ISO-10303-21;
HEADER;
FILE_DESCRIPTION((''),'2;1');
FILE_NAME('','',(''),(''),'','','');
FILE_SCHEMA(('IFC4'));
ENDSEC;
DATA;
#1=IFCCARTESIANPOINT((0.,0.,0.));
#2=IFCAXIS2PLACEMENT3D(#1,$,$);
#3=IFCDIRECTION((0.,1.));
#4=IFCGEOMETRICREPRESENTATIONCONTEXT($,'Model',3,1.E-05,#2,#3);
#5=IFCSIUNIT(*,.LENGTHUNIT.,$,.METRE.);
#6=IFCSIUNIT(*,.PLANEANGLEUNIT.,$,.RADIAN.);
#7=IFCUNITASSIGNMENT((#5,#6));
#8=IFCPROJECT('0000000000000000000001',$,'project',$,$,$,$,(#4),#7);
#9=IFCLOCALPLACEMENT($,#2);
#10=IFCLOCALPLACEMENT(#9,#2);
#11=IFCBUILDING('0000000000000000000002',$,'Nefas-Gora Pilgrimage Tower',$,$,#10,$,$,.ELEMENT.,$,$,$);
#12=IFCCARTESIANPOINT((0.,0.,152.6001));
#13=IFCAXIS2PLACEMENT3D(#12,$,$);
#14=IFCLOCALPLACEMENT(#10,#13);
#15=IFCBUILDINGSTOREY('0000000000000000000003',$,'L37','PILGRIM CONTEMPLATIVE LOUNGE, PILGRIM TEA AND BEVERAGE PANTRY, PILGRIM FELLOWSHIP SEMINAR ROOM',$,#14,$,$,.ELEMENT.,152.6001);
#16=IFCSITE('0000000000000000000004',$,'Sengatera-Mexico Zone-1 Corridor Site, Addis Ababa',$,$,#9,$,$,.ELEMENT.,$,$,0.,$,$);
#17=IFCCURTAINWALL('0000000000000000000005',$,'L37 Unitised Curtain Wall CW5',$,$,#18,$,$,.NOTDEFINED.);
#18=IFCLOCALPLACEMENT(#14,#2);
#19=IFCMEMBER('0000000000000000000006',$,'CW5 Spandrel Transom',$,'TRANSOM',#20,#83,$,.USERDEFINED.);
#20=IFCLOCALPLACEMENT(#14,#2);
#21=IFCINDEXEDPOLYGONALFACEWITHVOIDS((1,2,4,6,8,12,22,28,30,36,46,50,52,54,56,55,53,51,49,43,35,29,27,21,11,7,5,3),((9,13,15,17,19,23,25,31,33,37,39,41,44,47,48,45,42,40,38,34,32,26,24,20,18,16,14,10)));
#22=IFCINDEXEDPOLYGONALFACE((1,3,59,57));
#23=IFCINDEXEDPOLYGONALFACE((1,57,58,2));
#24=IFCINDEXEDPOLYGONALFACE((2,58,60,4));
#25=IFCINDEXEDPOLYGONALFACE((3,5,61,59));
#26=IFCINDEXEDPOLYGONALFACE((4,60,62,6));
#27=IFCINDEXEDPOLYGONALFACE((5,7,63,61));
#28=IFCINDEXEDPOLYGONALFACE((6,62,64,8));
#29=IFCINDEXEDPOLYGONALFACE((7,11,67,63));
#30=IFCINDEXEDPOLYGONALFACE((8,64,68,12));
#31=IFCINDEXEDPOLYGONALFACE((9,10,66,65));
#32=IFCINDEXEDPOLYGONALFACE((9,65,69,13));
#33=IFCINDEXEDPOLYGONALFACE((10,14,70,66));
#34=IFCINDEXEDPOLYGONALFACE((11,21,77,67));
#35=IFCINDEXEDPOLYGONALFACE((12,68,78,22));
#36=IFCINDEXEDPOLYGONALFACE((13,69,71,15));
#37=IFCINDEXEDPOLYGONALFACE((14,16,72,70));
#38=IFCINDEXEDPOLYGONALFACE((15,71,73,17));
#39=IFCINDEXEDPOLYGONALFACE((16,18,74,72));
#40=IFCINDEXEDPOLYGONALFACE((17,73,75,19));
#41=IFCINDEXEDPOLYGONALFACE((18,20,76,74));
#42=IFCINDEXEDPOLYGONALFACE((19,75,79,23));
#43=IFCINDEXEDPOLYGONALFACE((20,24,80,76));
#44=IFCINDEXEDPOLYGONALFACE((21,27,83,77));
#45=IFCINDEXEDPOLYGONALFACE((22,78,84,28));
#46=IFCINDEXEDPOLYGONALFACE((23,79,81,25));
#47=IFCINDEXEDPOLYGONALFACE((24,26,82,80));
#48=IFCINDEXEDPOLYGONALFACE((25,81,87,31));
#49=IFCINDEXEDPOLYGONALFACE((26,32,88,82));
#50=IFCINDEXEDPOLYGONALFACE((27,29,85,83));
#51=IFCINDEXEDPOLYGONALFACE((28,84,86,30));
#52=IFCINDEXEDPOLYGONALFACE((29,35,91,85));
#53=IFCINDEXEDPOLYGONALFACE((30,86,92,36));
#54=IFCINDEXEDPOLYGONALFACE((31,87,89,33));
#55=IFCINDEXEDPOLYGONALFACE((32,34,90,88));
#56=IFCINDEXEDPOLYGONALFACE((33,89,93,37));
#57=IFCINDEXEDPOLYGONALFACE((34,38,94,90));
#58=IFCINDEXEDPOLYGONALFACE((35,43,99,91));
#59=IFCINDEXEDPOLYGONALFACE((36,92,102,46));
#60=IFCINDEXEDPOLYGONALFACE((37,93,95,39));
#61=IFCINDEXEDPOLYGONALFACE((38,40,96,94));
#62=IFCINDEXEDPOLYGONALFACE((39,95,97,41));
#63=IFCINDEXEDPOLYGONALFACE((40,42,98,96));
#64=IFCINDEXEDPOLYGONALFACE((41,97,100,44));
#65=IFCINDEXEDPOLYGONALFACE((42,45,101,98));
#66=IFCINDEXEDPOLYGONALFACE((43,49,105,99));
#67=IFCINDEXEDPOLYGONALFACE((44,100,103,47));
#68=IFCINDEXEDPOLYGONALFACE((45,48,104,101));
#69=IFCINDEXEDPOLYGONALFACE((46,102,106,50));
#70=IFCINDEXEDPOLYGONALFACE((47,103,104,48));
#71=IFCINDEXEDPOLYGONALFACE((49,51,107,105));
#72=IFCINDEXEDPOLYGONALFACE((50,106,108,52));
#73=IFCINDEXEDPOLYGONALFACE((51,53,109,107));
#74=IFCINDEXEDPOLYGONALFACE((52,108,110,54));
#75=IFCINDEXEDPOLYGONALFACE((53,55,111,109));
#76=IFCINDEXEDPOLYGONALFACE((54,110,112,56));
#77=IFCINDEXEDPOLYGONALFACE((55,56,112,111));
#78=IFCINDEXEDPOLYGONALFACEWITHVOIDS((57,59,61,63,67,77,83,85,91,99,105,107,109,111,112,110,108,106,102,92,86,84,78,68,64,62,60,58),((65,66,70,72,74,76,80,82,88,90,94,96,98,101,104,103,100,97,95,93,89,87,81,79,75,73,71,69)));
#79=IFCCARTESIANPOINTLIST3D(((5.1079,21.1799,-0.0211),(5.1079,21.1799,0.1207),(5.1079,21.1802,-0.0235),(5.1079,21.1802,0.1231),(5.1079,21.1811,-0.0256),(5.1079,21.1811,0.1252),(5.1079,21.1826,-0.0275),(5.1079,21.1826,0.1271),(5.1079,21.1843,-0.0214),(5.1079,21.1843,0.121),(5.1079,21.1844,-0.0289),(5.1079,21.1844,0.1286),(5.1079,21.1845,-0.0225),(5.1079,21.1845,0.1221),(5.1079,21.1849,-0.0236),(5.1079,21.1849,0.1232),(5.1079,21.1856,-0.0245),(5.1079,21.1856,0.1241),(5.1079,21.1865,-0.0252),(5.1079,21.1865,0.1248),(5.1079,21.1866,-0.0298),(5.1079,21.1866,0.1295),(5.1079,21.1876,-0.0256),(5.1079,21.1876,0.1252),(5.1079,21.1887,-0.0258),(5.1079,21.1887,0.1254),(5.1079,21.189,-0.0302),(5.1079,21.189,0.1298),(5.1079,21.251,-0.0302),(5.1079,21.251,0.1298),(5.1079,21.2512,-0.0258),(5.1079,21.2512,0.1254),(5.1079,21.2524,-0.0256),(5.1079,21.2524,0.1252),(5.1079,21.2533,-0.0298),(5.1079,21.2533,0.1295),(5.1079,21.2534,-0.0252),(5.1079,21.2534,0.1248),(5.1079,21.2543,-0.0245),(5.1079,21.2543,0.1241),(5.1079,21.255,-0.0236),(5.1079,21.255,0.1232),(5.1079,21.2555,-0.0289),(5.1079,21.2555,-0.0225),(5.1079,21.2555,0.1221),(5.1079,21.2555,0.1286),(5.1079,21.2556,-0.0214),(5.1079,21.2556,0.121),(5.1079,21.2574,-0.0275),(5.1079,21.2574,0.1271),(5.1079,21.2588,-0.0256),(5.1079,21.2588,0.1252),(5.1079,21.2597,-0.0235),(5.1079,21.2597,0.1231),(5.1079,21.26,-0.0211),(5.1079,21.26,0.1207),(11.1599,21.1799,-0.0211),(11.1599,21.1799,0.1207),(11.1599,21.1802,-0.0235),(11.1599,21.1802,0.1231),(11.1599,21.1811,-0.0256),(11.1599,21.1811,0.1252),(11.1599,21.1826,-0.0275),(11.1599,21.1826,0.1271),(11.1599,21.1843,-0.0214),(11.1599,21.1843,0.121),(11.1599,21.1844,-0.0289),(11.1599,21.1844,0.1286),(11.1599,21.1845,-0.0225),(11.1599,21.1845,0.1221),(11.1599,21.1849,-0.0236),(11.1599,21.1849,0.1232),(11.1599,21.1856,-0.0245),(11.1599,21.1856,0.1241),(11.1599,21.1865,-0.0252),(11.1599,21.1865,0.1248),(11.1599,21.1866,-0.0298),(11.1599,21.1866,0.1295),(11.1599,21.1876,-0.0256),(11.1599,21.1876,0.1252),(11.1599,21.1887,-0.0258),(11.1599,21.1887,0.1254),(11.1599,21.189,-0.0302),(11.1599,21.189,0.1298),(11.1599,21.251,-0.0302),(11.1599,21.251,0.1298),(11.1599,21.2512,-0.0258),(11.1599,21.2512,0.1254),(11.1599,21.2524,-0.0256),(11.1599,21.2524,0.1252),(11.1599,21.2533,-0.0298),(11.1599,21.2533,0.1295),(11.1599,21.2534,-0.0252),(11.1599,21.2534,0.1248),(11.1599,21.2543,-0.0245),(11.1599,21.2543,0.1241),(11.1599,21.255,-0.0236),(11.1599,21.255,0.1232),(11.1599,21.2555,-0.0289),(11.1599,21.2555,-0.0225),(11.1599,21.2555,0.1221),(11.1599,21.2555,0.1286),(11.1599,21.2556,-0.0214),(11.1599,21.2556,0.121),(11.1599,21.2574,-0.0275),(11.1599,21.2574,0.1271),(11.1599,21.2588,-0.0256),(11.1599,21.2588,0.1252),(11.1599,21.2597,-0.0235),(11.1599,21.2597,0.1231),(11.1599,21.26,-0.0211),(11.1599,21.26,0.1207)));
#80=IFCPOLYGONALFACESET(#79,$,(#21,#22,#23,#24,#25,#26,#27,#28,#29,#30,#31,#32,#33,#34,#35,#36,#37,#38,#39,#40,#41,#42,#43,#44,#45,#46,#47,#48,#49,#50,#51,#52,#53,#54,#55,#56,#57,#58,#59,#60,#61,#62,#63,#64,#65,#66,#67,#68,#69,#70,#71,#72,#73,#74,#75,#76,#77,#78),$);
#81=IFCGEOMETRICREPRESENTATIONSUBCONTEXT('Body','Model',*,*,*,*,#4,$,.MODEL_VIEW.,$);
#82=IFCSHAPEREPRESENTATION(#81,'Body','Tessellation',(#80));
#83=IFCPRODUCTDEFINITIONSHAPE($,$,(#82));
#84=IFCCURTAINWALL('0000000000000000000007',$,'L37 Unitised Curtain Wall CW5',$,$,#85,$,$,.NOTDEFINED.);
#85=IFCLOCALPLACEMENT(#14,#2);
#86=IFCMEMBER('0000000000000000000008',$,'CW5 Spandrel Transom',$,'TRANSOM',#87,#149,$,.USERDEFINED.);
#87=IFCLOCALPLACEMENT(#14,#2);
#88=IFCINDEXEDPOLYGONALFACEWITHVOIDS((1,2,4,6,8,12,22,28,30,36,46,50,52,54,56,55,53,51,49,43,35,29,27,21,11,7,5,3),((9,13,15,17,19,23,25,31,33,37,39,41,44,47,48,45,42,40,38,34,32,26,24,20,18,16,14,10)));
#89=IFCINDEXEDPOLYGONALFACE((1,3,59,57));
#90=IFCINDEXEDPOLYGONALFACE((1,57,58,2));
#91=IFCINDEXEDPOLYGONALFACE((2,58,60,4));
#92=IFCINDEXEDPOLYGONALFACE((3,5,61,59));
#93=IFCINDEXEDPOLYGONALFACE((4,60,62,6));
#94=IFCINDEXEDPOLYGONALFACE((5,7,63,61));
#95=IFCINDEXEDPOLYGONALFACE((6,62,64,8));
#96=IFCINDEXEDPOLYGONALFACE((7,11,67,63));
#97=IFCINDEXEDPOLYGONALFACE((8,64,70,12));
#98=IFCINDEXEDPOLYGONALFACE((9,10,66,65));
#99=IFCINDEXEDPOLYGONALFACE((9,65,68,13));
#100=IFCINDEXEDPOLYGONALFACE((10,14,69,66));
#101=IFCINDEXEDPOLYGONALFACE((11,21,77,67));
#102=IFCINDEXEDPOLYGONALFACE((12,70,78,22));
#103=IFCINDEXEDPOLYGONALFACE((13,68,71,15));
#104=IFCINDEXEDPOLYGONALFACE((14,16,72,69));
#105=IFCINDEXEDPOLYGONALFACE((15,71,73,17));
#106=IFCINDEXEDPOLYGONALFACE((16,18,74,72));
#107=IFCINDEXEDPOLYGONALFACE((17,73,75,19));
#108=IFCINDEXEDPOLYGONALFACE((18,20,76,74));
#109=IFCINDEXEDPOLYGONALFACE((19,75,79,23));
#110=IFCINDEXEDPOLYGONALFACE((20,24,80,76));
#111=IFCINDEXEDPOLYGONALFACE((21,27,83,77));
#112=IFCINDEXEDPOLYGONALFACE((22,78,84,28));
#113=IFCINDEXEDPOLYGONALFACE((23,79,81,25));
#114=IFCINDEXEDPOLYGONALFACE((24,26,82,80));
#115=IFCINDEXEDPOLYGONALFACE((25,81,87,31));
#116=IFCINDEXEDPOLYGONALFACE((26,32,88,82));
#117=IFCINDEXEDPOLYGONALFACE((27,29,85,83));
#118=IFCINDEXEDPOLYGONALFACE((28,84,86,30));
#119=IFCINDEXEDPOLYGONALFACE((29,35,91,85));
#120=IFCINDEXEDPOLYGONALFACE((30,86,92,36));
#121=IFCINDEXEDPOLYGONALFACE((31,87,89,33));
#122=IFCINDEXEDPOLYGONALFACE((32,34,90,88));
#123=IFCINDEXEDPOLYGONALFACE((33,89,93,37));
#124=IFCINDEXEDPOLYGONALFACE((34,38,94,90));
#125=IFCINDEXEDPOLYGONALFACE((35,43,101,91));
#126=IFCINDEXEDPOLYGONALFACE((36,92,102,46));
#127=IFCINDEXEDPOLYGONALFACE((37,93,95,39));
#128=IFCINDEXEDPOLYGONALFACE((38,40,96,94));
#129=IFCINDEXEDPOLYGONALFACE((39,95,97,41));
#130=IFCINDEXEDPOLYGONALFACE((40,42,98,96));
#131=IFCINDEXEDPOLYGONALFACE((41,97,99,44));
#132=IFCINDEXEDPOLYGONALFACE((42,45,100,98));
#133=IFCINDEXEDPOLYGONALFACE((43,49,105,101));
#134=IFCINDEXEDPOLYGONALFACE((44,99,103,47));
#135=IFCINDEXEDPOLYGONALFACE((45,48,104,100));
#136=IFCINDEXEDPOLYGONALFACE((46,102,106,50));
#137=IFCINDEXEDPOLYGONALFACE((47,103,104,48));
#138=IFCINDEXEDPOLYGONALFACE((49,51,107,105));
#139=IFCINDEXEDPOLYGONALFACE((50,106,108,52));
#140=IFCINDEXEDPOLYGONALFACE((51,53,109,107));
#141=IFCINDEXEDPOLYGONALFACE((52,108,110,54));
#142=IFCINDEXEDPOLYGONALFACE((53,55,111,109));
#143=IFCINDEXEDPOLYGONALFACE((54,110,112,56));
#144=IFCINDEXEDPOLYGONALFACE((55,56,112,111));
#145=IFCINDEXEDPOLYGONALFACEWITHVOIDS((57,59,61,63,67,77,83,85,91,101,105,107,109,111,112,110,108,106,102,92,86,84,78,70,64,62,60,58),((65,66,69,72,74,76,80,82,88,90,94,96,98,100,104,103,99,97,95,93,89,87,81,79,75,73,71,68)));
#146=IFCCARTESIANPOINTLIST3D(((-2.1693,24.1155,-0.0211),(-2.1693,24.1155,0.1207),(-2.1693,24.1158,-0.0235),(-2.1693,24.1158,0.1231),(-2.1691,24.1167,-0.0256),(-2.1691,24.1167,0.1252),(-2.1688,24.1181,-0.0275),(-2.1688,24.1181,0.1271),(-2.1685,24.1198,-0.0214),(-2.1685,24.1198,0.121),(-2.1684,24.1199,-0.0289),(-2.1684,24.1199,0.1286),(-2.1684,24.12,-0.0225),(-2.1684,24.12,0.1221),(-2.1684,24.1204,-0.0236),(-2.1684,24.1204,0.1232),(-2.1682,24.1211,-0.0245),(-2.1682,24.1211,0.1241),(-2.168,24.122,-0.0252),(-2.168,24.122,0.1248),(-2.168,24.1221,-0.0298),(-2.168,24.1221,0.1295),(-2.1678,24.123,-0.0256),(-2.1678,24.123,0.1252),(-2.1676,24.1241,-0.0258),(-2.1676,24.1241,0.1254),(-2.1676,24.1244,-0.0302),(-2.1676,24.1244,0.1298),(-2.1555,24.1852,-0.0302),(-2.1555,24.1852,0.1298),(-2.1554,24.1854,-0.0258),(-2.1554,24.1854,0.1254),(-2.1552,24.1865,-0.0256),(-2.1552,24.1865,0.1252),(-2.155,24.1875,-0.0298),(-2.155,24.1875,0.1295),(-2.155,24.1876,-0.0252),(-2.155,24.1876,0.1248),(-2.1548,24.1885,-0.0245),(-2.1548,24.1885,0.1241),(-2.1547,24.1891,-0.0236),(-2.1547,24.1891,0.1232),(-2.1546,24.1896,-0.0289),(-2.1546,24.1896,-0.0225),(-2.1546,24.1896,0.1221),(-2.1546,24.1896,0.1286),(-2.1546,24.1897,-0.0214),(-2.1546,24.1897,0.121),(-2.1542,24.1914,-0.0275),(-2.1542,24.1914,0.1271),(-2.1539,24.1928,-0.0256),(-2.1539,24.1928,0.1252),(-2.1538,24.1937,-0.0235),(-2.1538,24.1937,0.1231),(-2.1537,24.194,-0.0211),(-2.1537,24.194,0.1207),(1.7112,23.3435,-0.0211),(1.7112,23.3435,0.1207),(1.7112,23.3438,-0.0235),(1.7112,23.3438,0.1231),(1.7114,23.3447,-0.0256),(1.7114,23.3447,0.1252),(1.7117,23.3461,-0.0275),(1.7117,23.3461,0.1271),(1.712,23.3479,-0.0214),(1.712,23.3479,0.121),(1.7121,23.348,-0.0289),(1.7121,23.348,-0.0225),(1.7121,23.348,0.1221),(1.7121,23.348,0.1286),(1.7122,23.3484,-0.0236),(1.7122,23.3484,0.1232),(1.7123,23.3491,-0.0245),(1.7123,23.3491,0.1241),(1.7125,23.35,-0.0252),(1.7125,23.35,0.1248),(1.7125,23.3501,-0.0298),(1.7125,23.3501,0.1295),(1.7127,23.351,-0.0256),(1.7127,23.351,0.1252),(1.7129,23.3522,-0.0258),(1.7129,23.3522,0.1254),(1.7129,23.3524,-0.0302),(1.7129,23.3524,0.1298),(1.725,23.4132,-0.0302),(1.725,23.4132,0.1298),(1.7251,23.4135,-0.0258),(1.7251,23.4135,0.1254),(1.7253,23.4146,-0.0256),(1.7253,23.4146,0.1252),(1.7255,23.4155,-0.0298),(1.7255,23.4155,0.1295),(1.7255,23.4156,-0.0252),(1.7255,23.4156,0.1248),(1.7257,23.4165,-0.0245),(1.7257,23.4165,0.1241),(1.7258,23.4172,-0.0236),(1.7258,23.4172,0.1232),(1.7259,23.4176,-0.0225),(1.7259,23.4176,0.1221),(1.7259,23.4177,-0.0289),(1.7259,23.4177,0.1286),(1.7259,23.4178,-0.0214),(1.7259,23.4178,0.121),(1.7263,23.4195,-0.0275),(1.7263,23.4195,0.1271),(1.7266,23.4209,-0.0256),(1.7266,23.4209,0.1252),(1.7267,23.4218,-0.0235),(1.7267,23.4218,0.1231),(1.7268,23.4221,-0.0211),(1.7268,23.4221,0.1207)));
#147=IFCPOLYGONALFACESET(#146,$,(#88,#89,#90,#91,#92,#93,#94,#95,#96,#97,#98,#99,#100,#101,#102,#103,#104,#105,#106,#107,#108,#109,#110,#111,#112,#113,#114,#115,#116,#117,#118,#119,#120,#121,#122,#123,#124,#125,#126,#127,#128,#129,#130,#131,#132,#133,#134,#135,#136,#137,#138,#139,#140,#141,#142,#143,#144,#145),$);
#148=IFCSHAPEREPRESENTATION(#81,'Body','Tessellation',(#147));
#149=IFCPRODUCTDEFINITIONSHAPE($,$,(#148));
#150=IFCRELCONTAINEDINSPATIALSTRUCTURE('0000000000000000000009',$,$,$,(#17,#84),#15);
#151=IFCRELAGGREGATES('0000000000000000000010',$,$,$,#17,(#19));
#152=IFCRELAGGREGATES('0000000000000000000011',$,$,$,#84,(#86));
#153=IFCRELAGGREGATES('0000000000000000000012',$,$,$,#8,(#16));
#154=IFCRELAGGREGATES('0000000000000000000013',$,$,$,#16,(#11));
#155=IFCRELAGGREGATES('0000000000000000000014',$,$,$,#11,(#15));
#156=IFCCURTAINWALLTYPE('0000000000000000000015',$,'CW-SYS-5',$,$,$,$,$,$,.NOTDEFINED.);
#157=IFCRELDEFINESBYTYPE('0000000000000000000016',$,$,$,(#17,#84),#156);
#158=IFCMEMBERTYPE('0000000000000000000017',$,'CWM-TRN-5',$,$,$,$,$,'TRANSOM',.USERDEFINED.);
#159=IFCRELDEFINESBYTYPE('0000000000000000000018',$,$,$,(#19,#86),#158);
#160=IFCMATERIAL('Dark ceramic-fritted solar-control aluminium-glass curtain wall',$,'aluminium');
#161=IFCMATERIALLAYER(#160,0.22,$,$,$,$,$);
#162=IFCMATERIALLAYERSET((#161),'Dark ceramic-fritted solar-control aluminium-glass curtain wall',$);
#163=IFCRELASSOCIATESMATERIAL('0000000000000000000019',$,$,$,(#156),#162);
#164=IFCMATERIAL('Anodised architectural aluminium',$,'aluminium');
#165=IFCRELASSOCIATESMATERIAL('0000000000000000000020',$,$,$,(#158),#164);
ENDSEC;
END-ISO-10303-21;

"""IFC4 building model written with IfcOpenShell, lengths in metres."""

from ifc_helpers import new_model, si_unit, direction, frame, origin, origin_2d, place, context, subcontext, project, spatial, hollow_rectangle, extrude, source, transform, mapped, material, layer, layer_set, material_profile, profile_set, type_object, element, aggregate, save


model = new_model("IFC4")

# Units and contexts
model_context = context("Model", 3, precision=1e-05, world=origin(), true_north=direction((0.0, 1.0)))
body_context = subcontext(model_context, "Body", "Model", "MODEL_VIEW")
ifc_project = project(units=[si_unit("LENGTHUNIT", "METRE"), si_unit("PLANEANGLEUNIT", "RADIAN")], contexts=[model_context])

# Site, building, storey
site_placement = place(None, origin())
site = spatial("IfcSite", under=ifc_project, at=site_placement, Name="Sengatera-Mexico Zone-1 Corridor Site, Addis Ababa", CompositionType="ELEMENT", RefElevation=0.0)
building_placement = place(site_placement, origin())
building = spatial("IfcBuilding", under=site, at=building_placement, Name="Nefas-Gora Pilgrimage Tower", CompositionType="ELEMENT")
storey_placement = place(building_placement, frame((0.0, 0.0, 152.6001)))
storey = spatial("IfcBuildingStorey", under=building, at=storey_placement, Name="L37", Description="PILGRIM CONTEMPLATIVE LOUNGE, PILGRIM TEA AND BEVERAGE PANTRY, PILGRIM FELLOWSHIP SEMINAR ROOM", CompositionType="ELEMENT", Elevation=152.6001)

# Curtain walls, members
ifc_material_1 = material(Name="Dark ceramic-fritted solar-control aluminium-glass curtain wall", Category="aluminium")
ifc_layer_1 = layer(ifc_material_1, 0.22)
ifc_layer_set_1 = layer_set([ifc_layer_1], Name="Dark ceramic-fritted solar-control aluminium-glass curtain wall")
curtain_wall_type = type_object("IfcCurtainWallType", Name="CW-SYS-5", PredefinedType="NOTDEFINED", material=ifc_layer_set_1)
curtain_wall_1_placement = place(storey_placement, origin())
curtain_wall_1 = element("IfcCurtainWall", 1, at=curtain_wall_1_placement, inside=storey, type_object=curtain_wall_type, Name="L37 Unitised Curtain Wall CW5", PredefinedType="NOTDEFINED")
ifc_material_2 = material(Name="Anodised architectural aluminium", Category="aluminium")
ifc_material_profile_1 = material_profile(ifc_material_2, hollow_rectangle(XDim=0.0801, YDim=0.1599, WallThickness=0.0044, InnerFilletRadius=0.0044, OuterFilletRadius=0.009, at=origin_2d()), Name="ALU TRANSOM 80x160")
ifc_profile_set_1 = profile_set([ifc_material_profile_1], Name="Anodised architectural aluminium")
member_type_1 = type_object("IfcMemberType", Name="CWM-TRN-5", ElementType="TRANSOM", PredefinedType="USERDEFINED", material=ifc_profile_set_1)
shared_shape_1 = source(origin(), body_context, "Body", "SweptSolid", [
    extrude(hollow_rectangle(XDim=0.0801, YDim=0.1599, WallThickness=0.0044, InnerFilletRadius=0.0044, OuterFilletRadius=0.009, at=origin_2d()), origin(), (0.0, 0.0, 1.0), 6.052),
])
member_1_placement = place(storey_placement, frame((11.1599, 21.22, 0.0498), z_axis=(-1.0, 0.0, 0.0), x_axis=(0.0, -1.0, 0.0)))
member_1 = element("IfcMember", 2, at=member_1_placement, type_object=member_type_1, Name="CW5 Spandrel Transom", ObjectType="TRANSOM", PredefinedType="USERDEFINED", context=body_context, shape_type="MappedRepresentation", body=[
    mapped(shared_shape_1, transform((0.0, 0.0, 0.0), x_axis=(1.0, 0.0, 0.0), y_axis=(0.0, 1.0, 0.0), z_axis=(0.0, 0.0, 1.0), scale=1.0)),
])
curtain_wall_2_placement = place(storey_placement, origin())
curtain_wall_2 = element("IfcCurtainWall", 3, at=curtain_wall_2_placement, inside=storey, type_object=curtain_wall_type, Name="L37 Unitised Curtain Wall CW5", PredefinedType="NOTDEFINED")
shared_shape_2 = source(origin(), body_context, "Body", "SweptSolid", [
    extrude(hollow_rectangle(XDim=0.0801, YDim=0.1599, WallThickness=0.0044, InnerFilletRadius=0.0044, OuterFilletRadius=0.009, at=origin_2d()), origin(), (0.0, 0.0, 1.0), 3.9565),
])
member_2_placement = place(storey_placement, frame((1.719, 23.3828, 0.0498), z_axis=(-0.980782, 0.195107, 0.0), x_axis=(-0.195107, -0.980782, 0.0)))
member_2 = element("IfcMember", 4, at=member_2_placement, type_object=member_type_1, Name="CW5 Spandrel Transom", ObjectType="TRANSOM", PredefinedType="USERDEFINED", context=body_context, shape_type="MappedRepresentation", body=[
    mapped(shared_shape_2, transform((0.0, 0.0, 0.0), x_axis=(1.0, 0.0, 0.0), y_axis=(0.0, 1.0, 0.0), z_axis=(0.0, 0.0, 1.0), scale=1.0)),
])

aggregate(curtain_wall_1, [member_1])
aggregate(curtain_wall_2, [member_2])

save(model, "model.ifc")
